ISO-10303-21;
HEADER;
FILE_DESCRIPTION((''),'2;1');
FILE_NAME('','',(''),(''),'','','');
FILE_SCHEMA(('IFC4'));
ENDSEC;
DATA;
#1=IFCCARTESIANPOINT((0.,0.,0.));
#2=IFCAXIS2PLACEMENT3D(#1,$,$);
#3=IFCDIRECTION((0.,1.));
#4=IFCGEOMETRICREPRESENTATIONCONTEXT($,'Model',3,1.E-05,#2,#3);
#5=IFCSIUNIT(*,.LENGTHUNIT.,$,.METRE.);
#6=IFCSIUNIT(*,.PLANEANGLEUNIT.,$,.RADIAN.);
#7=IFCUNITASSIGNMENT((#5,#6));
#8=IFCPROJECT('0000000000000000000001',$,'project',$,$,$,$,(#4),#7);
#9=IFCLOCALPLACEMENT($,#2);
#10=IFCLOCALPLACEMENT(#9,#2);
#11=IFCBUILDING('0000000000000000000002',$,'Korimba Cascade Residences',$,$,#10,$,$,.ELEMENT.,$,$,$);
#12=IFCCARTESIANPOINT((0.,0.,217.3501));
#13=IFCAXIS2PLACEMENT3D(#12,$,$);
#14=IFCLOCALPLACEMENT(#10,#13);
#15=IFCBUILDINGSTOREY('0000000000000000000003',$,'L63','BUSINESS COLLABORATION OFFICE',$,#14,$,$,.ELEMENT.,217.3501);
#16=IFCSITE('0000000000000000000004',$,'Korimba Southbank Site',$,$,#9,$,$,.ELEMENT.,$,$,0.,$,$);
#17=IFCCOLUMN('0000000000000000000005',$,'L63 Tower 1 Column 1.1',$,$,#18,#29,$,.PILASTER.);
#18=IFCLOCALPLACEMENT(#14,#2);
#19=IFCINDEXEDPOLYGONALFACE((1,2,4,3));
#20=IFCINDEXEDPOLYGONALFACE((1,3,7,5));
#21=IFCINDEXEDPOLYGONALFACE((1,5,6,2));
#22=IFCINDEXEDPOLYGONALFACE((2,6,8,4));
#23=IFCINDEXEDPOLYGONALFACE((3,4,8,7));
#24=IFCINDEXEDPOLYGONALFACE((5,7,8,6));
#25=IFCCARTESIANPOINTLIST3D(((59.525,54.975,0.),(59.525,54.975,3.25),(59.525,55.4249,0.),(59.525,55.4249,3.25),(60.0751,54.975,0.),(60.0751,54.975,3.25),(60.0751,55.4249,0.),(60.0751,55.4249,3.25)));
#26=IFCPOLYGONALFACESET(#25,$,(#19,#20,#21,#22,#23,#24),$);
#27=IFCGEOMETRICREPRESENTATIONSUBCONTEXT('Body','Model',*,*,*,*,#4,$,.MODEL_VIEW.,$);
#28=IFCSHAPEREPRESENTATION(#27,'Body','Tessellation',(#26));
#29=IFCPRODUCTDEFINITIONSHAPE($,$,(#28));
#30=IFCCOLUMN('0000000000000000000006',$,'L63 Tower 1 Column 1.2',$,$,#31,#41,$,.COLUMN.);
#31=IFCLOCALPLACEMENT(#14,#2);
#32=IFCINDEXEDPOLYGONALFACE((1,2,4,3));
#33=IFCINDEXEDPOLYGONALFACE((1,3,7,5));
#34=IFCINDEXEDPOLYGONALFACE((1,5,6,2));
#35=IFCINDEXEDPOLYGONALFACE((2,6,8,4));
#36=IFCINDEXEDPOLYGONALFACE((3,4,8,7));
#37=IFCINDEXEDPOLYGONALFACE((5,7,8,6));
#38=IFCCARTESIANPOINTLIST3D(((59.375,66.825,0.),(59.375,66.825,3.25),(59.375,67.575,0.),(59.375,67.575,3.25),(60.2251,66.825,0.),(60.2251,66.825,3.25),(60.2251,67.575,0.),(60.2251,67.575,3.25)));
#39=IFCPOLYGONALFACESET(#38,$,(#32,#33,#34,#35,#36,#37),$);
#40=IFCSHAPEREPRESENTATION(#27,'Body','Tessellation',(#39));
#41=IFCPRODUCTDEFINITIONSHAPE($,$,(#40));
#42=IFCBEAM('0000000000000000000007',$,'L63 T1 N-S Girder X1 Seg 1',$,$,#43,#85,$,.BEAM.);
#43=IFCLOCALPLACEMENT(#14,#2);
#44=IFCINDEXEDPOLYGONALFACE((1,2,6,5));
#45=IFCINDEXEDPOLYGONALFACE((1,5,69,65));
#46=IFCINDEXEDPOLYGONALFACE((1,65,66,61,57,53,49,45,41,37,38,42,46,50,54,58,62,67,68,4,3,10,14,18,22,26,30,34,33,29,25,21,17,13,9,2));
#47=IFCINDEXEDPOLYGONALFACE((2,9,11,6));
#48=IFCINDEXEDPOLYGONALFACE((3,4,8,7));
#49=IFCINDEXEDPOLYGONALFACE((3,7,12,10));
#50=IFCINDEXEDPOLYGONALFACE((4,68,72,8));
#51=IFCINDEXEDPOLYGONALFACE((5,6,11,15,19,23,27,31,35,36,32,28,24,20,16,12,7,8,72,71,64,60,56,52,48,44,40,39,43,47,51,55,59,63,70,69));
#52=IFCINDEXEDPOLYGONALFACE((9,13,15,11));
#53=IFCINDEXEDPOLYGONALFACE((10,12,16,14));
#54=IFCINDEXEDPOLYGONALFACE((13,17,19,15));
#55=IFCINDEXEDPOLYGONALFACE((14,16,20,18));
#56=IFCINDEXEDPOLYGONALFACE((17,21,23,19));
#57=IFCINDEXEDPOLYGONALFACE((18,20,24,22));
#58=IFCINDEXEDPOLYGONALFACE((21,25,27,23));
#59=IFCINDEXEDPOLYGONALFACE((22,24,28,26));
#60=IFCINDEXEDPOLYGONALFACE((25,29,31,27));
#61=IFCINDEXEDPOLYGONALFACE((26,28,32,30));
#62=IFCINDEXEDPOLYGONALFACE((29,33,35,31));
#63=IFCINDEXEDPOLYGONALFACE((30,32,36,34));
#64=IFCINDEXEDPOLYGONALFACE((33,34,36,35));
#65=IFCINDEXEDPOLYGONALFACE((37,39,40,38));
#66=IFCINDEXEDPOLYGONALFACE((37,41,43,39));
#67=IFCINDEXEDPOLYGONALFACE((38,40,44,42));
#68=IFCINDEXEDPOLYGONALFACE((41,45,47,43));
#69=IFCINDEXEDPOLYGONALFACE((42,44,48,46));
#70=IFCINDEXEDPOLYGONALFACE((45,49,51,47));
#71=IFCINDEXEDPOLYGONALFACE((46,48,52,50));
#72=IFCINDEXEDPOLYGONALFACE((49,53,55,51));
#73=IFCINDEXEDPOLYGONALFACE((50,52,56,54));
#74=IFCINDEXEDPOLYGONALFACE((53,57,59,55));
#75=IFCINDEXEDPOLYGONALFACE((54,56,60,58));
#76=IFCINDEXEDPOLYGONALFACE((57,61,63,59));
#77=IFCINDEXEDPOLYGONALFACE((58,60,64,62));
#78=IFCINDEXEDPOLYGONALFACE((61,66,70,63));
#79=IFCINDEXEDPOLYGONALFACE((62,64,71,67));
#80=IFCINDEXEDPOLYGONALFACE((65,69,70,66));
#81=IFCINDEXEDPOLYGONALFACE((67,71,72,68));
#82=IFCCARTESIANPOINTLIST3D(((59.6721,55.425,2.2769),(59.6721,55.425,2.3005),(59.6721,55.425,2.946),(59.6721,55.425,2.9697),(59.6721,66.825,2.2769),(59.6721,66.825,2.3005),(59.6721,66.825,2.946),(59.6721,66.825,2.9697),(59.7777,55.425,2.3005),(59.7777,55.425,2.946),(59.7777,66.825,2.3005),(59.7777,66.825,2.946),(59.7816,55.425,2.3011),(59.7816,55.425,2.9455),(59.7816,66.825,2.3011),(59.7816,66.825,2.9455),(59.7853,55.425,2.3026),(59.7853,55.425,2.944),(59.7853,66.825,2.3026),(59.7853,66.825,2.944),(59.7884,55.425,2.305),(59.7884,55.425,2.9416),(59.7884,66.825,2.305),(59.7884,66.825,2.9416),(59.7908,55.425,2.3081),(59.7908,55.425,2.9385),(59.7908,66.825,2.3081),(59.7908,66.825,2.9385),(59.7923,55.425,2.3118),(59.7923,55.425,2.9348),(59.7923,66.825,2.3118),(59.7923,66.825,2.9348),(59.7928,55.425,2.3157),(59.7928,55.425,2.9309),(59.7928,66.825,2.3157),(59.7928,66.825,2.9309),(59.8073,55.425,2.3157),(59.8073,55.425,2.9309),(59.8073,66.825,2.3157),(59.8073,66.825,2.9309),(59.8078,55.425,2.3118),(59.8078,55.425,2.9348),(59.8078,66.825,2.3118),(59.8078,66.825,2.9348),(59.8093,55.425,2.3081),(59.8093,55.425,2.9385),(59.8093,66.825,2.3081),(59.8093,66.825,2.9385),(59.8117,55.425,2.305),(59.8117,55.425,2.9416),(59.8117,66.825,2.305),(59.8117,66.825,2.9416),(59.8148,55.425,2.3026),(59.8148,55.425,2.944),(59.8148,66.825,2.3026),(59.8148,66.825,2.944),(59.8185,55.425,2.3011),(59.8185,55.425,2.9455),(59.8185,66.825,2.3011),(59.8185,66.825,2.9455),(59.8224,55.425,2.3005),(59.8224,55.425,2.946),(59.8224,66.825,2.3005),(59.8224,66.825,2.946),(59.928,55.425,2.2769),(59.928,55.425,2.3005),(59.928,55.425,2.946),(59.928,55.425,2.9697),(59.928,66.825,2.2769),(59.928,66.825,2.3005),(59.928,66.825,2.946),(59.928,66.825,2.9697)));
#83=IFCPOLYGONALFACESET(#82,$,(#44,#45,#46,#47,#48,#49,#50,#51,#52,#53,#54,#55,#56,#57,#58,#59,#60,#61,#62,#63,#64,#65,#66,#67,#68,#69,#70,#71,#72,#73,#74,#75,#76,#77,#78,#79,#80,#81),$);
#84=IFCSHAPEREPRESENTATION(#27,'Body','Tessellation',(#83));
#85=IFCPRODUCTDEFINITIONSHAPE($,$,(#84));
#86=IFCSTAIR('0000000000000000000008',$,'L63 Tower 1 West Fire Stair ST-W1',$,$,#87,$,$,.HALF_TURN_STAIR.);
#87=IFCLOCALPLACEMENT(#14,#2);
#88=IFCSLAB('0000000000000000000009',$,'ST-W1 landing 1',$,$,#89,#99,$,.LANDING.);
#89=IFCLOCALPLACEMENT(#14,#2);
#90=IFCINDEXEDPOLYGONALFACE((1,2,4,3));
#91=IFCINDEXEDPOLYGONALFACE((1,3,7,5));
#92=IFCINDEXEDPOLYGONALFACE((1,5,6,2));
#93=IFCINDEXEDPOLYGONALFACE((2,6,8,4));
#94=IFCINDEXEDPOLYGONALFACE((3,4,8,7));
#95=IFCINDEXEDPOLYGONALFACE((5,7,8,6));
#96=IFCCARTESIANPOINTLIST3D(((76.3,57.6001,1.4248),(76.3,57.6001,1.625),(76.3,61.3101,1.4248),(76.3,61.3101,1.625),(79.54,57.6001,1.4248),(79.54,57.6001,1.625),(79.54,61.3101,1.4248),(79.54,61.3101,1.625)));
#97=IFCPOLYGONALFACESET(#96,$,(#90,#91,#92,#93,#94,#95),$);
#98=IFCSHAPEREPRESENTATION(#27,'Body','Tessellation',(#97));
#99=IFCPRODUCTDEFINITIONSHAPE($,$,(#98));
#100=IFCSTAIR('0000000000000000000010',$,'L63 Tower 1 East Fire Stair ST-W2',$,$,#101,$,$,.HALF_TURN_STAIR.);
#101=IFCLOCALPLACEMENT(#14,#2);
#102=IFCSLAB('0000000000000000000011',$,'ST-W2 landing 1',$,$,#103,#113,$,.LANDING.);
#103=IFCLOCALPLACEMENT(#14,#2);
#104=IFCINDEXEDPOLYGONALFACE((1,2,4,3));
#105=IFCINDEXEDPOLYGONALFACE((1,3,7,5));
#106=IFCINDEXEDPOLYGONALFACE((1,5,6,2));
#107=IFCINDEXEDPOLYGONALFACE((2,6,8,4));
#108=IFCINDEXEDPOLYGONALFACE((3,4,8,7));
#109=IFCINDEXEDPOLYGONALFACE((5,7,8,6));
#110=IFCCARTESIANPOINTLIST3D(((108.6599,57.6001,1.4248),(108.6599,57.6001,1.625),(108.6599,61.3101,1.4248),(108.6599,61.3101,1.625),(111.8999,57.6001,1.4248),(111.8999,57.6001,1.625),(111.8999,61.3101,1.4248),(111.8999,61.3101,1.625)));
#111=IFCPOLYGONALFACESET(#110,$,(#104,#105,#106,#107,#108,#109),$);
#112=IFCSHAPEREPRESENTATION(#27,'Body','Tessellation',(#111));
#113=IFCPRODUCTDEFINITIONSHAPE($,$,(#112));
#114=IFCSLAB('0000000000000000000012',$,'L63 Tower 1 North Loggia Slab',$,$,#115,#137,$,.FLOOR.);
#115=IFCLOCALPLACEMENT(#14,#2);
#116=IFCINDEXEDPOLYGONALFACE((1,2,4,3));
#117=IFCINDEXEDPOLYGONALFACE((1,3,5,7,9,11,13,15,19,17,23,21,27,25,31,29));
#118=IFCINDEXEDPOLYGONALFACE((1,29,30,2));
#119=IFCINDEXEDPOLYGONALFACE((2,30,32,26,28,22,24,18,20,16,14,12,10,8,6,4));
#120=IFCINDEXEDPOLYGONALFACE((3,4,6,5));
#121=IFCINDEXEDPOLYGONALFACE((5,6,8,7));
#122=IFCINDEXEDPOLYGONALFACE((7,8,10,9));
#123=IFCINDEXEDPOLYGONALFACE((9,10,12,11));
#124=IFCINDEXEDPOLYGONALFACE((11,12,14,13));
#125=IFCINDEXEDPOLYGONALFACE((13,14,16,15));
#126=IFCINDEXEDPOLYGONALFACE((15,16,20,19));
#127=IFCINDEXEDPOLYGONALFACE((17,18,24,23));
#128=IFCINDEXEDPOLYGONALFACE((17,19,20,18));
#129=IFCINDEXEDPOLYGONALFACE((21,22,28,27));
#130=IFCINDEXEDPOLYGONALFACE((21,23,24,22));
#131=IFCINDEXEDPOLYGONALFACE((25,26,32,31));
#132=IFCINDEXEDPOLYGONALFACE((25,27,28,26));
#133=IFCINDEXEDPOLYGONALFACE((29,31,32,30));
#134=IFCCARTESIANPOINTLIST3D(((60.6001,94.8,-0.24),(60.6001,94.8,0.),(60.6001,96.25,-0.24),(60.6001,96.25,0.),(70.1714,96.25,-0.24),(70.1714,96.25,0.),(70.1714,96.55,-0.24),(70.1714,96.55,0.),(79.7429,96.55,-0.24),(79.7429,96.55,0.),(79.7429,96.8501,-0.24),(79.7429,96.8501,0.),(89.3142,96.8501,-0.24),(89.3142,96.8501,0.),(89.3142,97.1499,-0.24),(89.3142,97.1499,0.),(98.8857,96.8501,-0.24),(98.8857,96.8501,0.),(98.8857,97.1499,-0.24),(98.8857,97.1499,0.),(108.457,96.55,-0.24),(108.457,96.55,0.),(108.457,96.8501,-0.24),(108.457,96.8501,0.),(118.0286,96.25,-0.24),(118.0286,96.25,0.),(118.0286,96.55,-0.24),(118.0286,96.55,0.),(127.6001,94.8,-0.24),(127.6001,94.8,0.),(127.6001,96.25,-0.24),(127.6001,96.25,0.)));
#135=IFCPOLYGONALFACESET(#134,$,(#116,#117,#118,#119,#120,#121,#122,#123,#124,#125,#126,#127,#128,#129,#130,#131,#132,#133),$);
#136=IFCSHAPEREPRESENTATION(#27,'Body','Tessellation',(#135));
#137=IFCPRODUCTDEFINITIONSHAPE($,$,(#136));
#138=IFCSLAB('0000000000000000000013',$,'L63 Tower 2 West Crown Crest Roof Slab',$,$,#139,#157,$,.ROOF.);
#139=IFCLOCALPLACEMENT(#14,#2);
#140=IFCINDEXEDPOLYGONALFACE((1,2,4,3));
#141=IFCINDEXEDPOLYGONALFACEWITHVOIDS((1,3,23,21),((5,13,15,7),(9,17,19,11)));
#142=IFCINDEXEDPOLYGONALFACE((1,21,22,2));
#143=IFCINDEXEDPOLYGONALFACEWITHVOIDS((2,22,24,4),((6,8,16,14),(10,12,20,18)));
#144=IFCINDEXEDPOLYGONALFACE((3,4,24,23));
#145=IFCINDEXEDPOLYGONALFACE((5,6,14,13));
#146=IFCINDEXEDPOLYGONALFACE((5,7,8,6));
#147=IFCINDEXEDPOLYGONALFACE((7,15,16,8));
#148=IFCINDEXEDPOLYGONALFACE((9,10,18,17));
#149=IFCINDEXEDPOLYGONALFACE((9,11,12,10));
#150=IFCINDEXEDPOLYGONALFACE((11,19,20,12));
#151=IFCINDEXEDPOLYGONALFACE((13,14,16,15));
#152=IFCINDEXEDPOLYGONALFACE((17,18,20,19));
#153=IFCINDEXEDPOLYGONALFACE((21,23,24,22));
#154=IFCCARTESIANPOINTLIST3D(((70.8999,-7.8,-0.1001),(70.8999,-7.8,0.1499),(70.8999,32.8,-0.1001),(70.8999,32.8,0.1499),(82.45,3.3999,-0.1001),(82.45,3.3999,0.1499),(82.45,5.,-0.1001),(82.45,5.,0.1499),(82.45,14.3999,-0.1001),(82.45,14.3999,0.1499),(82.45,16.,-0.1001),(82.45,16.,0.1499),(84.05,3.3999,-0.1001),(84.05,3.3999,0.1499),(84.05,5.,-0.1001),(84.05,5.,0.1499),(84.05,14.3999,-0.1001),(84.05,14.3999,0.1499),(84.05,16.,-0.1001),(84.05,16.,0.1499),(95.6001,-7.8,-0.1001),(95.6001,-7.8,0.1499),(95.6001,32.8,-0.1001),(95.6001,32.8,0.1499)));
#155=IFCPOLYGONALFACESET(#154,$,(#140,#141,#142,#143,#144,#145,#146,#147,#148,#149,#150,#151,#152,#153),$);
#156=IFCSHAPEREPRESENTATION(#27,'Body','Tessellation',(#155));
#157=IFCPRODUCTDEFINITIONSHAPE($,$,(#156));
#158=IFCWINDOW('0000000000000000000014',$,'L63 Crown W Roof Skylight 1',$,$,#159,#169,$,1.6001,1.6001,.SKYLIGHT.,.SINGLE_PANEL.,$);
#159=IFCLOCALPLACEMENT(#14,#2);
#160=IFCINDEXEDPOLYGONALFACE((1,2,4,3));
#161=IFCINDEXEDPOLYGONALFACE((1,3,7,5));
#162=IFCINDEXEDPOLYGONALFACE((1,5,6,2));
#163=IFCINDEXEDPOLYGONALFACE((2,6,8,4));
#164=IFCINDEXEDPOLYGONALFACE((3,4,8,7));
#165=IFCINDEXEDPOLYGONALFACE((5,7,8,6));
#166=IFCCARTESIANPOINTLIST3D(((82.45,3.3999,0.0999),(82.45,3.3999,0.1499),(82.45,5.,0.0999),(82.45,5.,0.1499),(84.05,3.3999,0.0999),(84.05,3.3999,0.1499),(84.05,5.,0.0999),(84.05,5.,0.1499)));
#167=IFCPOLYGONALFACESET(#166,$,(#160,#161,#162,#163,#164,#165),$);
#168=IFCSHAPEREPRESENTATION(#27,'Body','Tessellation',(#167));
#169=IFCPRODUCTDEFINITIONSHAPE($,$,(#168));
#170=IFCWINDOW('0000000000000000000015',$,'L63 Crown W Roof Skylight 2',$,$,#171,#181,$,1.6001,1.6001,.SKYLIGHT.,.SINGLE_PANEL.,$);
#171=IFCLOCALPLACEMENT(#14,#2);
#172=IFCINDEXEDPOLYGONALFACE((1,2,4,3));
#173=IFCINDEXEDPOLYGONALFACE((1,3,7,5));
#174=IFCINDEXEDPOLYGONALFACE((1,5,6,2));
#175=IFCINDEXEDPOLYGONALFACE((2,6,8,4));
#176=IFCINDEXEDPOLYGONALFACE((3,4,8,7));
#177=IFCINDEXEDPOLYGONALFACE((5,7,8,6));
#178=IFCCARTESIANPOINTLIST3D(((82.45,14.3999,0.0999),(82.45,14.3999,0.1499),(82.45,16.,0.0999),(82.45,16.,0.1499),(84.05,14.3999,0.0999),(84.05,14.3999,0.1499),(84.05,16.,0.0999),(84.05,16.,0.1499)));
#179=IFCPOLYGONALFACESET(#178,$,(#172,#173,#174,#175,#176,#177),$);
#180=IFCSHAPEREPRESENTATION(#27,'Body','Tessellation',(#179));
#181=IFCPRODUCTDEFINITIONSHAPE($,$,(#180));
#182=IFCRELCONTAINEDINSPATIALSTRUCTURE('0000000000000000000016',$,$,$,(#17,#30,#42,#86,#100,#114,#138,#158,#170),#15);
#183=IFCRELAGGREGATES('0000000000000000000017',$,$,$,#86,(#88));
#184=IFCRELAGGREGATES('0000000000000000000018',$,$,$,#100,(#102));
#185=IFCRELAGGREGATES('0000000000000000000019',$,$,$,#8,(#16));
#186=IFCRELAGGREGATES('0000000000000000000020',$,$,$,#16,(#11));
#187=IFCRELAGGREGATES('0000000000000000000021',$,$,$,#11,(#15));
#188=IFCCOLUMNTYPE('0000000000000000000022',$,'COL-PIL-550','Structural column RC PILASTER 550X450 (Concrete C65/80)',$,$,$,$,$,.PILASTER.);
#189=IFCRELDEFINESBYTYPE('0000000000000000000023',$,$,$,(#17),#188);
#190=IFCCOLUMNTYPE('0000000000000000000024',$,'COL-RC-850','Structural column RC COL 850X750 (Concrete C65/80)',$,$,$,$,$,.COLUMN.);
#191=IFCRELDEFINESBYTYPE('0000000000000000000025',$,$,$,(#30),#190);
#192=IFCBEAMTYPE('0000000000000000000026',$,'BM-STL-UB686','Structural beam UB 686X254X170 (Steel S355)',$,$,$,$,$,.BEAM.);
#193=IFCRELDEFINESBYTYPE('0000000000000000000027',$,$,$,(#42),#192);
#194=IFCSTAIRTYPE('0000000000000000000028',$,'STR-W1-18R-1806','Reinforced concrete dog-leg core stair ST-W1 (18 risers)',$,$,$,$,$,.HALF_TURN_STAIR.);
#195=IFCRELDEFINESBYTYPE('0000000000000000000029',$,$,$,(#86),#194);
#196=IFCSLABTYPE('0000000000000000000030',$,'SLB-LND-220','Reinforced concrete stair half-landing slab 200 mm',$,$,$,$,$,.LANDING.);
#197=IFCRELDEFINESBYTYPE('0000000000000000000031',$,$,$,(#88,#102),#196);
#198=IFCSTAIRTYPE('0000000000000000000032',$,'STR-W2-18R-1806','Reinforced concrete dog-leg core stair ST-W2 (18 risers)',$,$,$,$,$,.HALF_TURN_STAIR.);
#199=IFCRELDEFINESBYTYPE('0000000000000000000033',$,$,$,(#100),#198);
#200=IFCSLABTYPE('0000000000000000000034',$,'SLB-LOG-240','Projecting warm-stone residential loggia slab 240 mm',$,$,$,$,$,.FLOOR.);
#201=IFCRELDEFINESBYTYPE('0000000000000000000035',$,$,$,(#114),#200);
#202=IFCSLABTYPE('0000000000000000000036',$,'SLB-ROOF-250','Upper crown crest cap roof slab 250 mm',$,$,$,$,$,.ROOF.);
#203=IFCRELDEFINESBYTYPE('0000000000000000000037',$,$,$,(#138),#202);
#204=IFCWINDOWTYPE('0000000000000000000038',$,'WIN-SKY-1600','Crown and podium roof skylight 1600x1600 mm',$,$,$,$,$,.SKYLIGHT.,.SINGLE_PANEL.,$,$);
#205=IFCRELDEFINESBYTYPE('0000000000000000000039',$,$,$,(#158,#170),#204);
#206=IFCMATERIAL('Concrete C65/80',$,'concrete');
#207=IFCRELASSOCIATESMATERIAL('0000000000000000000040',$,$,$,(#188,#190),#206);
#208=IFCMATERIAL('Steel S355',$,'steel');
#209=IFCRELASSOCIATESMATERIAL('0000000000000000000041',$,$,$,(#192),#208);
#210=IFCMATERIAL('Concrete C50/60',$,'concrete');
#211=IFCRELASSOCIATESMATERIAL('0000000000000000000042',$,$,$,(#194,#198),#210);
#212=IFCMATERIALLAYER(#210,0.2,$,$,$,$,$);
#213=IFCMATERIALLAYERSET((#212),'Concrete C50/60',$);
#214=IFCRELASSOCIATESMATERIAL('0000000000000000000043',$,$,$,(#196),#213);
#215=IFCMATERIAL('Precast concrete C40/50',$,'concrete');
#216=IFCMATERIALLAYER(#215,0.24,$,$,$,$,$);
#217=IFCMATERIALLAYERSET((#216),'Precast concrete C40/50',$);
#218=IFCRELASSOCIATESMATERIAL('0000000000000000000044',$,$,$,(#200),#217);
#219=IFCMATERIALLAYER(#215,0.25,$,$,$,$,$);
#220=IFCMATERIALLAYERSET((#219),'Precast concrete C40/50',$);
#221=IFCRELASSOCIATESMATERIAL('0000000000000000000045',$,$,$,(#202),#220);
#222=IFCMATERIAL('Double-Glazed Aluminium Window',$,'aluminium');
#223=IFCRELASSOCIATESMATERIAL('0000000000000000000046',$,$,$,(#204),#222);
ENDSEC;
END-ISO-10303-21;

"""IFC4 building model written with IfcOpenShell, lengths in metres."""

from ifc_helpers import new_model, si_unit, direction, frame, origin, origin_2d, place, context, subcontext, project, spatial, polyline, rectangle, i_section, outline, extrude, material, layer, layer_set, material_profile, profile_set, type_object, element, fill, aggregate, save


model = new_model("IFC4")

# Units and contexts
model_context = context("Model", 3, precision=1e-05, world=origin(), true_north=direction((0.0, 1.0)))
body_context = subcontext(model_context, "Body", "Model", "MODEL_VIEW")
ifc_project = project(units=[si_unit("LENGTHUNIT", "METRE"), si_unit("PLANEANGLEUNIT", "RADIAN")], contexts=[model_context])

# Site, building, storey
site_placement = place(None, origin())
site = spatial("IfcSite", under=ifc_project, at=site_placement, Name="Korimba Southbank Site", CompositionType="ELEMENT", RefElevation=0.0)
building_placement = place(site_placement, origin())
building = spatial("IfcBuilding", under=site, at=building_placement, Name="Korimba Cascade Residences", CompositionType="ELEMENT")
storey_placement = place(building_placement, frame((0.0, 0.0, 217.3501)))
storey = spatial("IfcBuildingStorey", under=building, at=storey_placement, Name="L63", Description="BUSINESS COLLABORATION OFFICE", CompositionType="ELEMENT", Elevation=217.3501)

# Columns
ifc_material_1 = material(Name="Concrete C65/80", Category="concrete")
ifc_material_profile_1 = material_profile(ifc_material_1, rectangle(XDim=0.55, YDim=0.45, at=origin_2d()), Name="Concrete C65/80")
ifc_profile_set_1 = profile_set([ifc_material_profile_1], Name="Concrete C65/80")
column_type_1 = type_object("IfcColumnType", Name="COL-PIL-550", Description="Structural column RC PILASTER 550X450 (Concrete C65/80)", PredefinedType="PILASTER", material=ifc_profile_set_1)
column_1_placement = place(storey_placement, frame((59.8, 55.2, 0.0), z_axis=(0.0, 0.0, 1.0), x_axis=(1.0, 0.0, 0.0)))
element("IfcColumn", 1, at=column_1_placement, inside=storey, type_object=column_type_1, Name="L63 Tower 1 Column 1.1", PredefinedType="PILASTER", context=body_context, shape_type="SweptSolid", body=[
    extrude(rectangle(XDim=0.55, YDim=0.45, at=origin_2d()), origin(), (0.0, 0.0, 1.0), 3.25),
])
ifc_material_profile_2 = material_profile(ifc_material_1, rectangle(XDim=0.8501, YDim=0.75, at=origin_2d()), Name="Concrete C65/80")
ifc_profile_set_2 = profile_set([ifc_material_profile_2], Name="Concrete C65/80")
column_type_2 = type_object("IfcColumnType", Name="COL-RC-850", Description="Structural column RC COL 850X750 (Concrete C65/80)", PredefinedType="COLUMN", material=ifc_profile_set_2)
column_2_placement = place(storey_placement, frame((59.8, 67.2, 0.0), z_axis=(0.0, 0.0, 1.0), x_axis=(1.0, 0.0, 0.0)))
element("IfcColumn", 2, at=column_2_placement, inside=storey, type_object=column_type_2, Name="L63 Tower 1 Column 1.2", PredefinedType="COLUMN", context=body_context, shape_type="SweptSolid", body=[
    extrude(rectangle(XDim=0.8501, YDim=0.75, at=origin_2d()), origin(), (0.0, 0.0, 1.0), 3.25),
])

# Beam
ifc_material_2 = material(Name="Steel S355", Category="steel")
ifc_material_profile_3 = material_profile(ifc_material_2, i_section(OverallWidth=0.2559, OverallDepth=0.6929, WebThickness=0.0144, FlangeThickness=0.0237, FilletRadius=0.0151, at=origin_2d()), Name="Steel S355")
ifc_profile_set_3 = profile_set([ifc_material_profile_3], Name="Steel S355")
beam_type = type_object("IfcBeamType", Name="BM-STL-UB686", Description="Structural beam UB 686X254X170 (Steel S355)", PredefinedType="BEAM", material=ifc_profile_set_3)
beam_placement = place(storey_placement, frame((59.8, 55.425, 2.6233), z_axis=(0.0, 1.0, 0.0), x_axis=(-1.0, 0.0, 0.0)))
element("IfcBeam", 3, at=beam_placement, inside=storey, type_object=beam_type, Name="L63 T1 N-S Girder X1 Seg 1", PredefinedType="BEAM", context=body_context, shape_type="SweptSolid", body=[
    extrude(i_section(OverallWidth=0.2559, OverallDepth=0.6929, WebThickness=0.0144, FlangeThickness=0.0237, FilletRadius=0.0151, at=origin_2d()), origin(), (0.0, 0.0, 1.0), 11.3999),
])

# Stairs, slabs
ifc_material_3 = material(Name="Concrete C50/60", Category="concrete")
stair_type_1 = type_object("IfcStairType", Name="STR-W1-18R-1806", Description="Reinforced concrete dog-leg core stair ST-W1 (18 risers)", PredefinedType="HALF_TURN_STAIR", material=ifc_material_3)
stair_1_placement = place(storey_placement, origin())
stair_1 = element("IfcStair", 4, at=stair_1_placement, inside=storey, type_object=stair_type_1, Name="L63 Tower 1 West Fire Stair ST-W1", PredefinedType="HALF_TURN_STAIR")
ifc_layer_1 = layer(ifc_material_3, 0.2)
ifc_layer_set_1 = layer_set([ifc_layer_1], Name="Concrete C50/60")
slab_type_1 = type_object("IfcSlabType", Name="SLB-LND-220", Description="Reinforced concrete stair half-landing slab 200 mm", PredefinedType="LANDING", material=ifc_layer_set_1)
slab_1_placement = place(storey_placement, frame((0.0, 0.0, 1.4248)))
slab_1 = element("IfcSlab", 5, at=slab_1_placement, type_object=slab_type_1, Name="ST-W1 landing 1", PredefinedType="LANDING", context=body_context, shape_type="SweptSolid", body=[
    extrude(outline(polyline([(76.3, 61.3101), (76.3, 57.6001), (79.54, 57.6001), (79.54, 61.3101), (76.3, 61.3101)])), origin(), (0.0, 0.0, 1.0), 0.2002),
])
aggregate(stair_1, [slab_1])
stair_type_2 = type_object("IfcStairType", Name="STR-W2-18R-1806", Description="Reinforced concrete dog-leg core stair ST-W2 (18 risers)", PredefinedType="HALF_TURN_STAIR", material=ifc_material_3)
stair_2_placement = place(storey_placement, origin())
stair_2 = element("IfcStair", 6, at=stair_2_placement, inside=storey, type_object=stair_type_2, Name="L63 Tower 1 East Fire Stair ST-W2", PredefinedType="HALF_TURN_STAIR")
slab_2_placement = place(storey_placement, frame((0.0, 0.0, 1.4248)))
slab_2 = element("IfcSlab", 7, at=slab_2_placement, type_object=slab_type_1, Name="ST-W2 landing 1", PredefinedType="LANDING", context=body_context, shape_type="SweptSolid", body=[
    extrude(outline(polyline([(108.6599, 61.3101), (108.6599, 57.6001), (111.8999, 57.6001), (111.8999, 61.3101), (108.6599, 61.3101)])), origin(), (0.0, 0.0, 1.0), 0.2002),
])
aggregate(stair_2, [slab_2])

# Slab
ifc_material_4 = material(Name="Precast concrete C40/50", Category="concrete")
ifc_layer_2 = layer(ifc_material_4, 0.24)
ifc_layer_set_2 = layer_set([ifc_layer_2], Name="Precast concrete C40/50")
slab_type_2 = type_object("IfcSlabType", Name="SLB-LOG-240", Description="Projecting warm-stone residential loggia slab 240 mm", PredefinedType="FLOOR", material=ifc_layer_set_2)
slab_3_placement = place(storey_placement, frame((0.0, 0.0, -0.24)))
element("IfcSlab", 8, at=slab_3_placement, inside=storey, type_object=slab_type_2, Name="L63 Tower 1 North Loggia Slab", PredefinedType="FLOOR", context=body_context, shape_type="SweptSolid", body=[
    extrude(outline(polyline([(60.6001, 94.8), (127.6001, 94.8), (127.6001, 96.25), (118.0286, 96.25), (118.0286, 96.55), (108.457, 96.55), (108.457, 96.8501), (98.8857, 96.8501), (98.8857, 97.1499), (89.3142, 97.1499), (89.3142, 96.8501), (79.7429, 96.8501), (79.7429, 96.55), (70.1714, 96.55), (70.1714, 96.25), (60.6001, 96.25), (60.6001, 94.8)])), origin(), (0.0, 0.0, 1.0), 0.24),
])

# Slab, openings, windows
ifc_layer_3 = layer(ifc_material_4, 0.25)
ifc_layer_set_3 = layer_set([ifc_layer_3], Name="Precast concrete C40/50")
slab_type_3 = type_object("IfcSlabType", Name="SLB-ROOF-250", Description="Upper crown crest cap roof slab 250 mm", PredefinedType="ROOF", material=ifc_layer_set_3)
slab_4_placement = place(storey_placement, frame((0.0, 0.0, -0.1001)))
slab_4 = element("IfcSlab", 9, at=slab_4_placement, inside=storey, type_object=slab_type_3, Name="L63 Tower 2 West Crown Crest Roof Slab", PredefinedType="ROOF", context=body_context, shape_type="SweptSolid", body=[
    extrude(outline(polyline([(70.8999, -7.8), (95.6001, -7.8), (95.6001, 32.8), (70.8999, 32.8), (70.8999, -7.8)])), origin(), (0.0, 0.0, 1.0), 0.25),
])
opening_1_placement = place(slab_4_placement, frame((83.25, 4.2, 0.0)))
opening_1 = element("IfcOpeningElement", 10, at=opening_1_placement, cuts=slab_4, PredefinedType="OPENING", context=body_context, shape_type="SweptSolid", body=[
    extrude(rectangle(XDim=1.6001, YDim=1.6001, at=origin_2d()), frame((0.0, 0.0, -0.01)), (0.0, 0.0, 1.0), 0.27),
])
opening_2_placement = place(slab_4_placement, frame((83.25, 15.2, 0.0)))
opening_2 = element("IfcOpeningElement", 11, at=opening_2_placement, cuts=slab_4, PredefinedType="OPENING", context=body_context, shape_type="SweptSolid", body=[
    extrude(rectangle(XDim=1.6001, YDim=1.6001, at=origin_2d()), frame((0.0, 0.0, -0.01)), (0.0, 0.0, 1.0), 0.27),
])
ifc_material_5 = material(Name="Double-Glazed Aluminium Window", Category="aluminium")
window_type_1 = type_object("IfcWindowType", Name="WIN-SKY-1600", Description="Crown and podium roof skylight 1600x1600 mm", PartitioningType="SINGLE_PANEL", PredefinedType="SKYLIGHT", material=ifc_material_5)
window_1_placement = place(opening_1_placement, frame((0.0, 0.0, 0.2)))
window_1 = element("IfcWindow", 12, at=window_1_placement, inside=storey, type_object=window_type_1, Name="L63 Crown W Roof Skylight 1", OverallHeight=1.6001, OverallWidth=1.6001, PartitioningType="SINGLE_PANEL", PredefinedType="SKYLIGHT", context=body_context, shape_type="SweptSolid", body=[
    extrude(rectangle(XDim=1.6001, YDim=1.6001, at=origin_2d()), origin(), (0.0, 0.0, 1.0), 0.05),
])
fill(opening_1, window_1)
window_2_placement = place(opening_2_placement, frame((0.0, 0.0, 0.2)))
window_2 = element("IfcWindow", 13, at=window_2_placement, inside=storey, type_object=window_type_1, Name="L63 Crown W Roof Skylight 2", OverallHeight=1.6001, OverallWidth=1.6001, PartitioningType="SINGLE_PANEL", PredefinedType="SKYLIGHT", context=body_context, shape_type="SweptSolid", body=[
    extrude(rectangle(XDim=1.6001, YDim=1.6001, at=origin_2d()), origin(), (0.0, 0.0, 1.0), 0.05),
])
fill(opening_2, window_2)

save(model, "model.ifc")
